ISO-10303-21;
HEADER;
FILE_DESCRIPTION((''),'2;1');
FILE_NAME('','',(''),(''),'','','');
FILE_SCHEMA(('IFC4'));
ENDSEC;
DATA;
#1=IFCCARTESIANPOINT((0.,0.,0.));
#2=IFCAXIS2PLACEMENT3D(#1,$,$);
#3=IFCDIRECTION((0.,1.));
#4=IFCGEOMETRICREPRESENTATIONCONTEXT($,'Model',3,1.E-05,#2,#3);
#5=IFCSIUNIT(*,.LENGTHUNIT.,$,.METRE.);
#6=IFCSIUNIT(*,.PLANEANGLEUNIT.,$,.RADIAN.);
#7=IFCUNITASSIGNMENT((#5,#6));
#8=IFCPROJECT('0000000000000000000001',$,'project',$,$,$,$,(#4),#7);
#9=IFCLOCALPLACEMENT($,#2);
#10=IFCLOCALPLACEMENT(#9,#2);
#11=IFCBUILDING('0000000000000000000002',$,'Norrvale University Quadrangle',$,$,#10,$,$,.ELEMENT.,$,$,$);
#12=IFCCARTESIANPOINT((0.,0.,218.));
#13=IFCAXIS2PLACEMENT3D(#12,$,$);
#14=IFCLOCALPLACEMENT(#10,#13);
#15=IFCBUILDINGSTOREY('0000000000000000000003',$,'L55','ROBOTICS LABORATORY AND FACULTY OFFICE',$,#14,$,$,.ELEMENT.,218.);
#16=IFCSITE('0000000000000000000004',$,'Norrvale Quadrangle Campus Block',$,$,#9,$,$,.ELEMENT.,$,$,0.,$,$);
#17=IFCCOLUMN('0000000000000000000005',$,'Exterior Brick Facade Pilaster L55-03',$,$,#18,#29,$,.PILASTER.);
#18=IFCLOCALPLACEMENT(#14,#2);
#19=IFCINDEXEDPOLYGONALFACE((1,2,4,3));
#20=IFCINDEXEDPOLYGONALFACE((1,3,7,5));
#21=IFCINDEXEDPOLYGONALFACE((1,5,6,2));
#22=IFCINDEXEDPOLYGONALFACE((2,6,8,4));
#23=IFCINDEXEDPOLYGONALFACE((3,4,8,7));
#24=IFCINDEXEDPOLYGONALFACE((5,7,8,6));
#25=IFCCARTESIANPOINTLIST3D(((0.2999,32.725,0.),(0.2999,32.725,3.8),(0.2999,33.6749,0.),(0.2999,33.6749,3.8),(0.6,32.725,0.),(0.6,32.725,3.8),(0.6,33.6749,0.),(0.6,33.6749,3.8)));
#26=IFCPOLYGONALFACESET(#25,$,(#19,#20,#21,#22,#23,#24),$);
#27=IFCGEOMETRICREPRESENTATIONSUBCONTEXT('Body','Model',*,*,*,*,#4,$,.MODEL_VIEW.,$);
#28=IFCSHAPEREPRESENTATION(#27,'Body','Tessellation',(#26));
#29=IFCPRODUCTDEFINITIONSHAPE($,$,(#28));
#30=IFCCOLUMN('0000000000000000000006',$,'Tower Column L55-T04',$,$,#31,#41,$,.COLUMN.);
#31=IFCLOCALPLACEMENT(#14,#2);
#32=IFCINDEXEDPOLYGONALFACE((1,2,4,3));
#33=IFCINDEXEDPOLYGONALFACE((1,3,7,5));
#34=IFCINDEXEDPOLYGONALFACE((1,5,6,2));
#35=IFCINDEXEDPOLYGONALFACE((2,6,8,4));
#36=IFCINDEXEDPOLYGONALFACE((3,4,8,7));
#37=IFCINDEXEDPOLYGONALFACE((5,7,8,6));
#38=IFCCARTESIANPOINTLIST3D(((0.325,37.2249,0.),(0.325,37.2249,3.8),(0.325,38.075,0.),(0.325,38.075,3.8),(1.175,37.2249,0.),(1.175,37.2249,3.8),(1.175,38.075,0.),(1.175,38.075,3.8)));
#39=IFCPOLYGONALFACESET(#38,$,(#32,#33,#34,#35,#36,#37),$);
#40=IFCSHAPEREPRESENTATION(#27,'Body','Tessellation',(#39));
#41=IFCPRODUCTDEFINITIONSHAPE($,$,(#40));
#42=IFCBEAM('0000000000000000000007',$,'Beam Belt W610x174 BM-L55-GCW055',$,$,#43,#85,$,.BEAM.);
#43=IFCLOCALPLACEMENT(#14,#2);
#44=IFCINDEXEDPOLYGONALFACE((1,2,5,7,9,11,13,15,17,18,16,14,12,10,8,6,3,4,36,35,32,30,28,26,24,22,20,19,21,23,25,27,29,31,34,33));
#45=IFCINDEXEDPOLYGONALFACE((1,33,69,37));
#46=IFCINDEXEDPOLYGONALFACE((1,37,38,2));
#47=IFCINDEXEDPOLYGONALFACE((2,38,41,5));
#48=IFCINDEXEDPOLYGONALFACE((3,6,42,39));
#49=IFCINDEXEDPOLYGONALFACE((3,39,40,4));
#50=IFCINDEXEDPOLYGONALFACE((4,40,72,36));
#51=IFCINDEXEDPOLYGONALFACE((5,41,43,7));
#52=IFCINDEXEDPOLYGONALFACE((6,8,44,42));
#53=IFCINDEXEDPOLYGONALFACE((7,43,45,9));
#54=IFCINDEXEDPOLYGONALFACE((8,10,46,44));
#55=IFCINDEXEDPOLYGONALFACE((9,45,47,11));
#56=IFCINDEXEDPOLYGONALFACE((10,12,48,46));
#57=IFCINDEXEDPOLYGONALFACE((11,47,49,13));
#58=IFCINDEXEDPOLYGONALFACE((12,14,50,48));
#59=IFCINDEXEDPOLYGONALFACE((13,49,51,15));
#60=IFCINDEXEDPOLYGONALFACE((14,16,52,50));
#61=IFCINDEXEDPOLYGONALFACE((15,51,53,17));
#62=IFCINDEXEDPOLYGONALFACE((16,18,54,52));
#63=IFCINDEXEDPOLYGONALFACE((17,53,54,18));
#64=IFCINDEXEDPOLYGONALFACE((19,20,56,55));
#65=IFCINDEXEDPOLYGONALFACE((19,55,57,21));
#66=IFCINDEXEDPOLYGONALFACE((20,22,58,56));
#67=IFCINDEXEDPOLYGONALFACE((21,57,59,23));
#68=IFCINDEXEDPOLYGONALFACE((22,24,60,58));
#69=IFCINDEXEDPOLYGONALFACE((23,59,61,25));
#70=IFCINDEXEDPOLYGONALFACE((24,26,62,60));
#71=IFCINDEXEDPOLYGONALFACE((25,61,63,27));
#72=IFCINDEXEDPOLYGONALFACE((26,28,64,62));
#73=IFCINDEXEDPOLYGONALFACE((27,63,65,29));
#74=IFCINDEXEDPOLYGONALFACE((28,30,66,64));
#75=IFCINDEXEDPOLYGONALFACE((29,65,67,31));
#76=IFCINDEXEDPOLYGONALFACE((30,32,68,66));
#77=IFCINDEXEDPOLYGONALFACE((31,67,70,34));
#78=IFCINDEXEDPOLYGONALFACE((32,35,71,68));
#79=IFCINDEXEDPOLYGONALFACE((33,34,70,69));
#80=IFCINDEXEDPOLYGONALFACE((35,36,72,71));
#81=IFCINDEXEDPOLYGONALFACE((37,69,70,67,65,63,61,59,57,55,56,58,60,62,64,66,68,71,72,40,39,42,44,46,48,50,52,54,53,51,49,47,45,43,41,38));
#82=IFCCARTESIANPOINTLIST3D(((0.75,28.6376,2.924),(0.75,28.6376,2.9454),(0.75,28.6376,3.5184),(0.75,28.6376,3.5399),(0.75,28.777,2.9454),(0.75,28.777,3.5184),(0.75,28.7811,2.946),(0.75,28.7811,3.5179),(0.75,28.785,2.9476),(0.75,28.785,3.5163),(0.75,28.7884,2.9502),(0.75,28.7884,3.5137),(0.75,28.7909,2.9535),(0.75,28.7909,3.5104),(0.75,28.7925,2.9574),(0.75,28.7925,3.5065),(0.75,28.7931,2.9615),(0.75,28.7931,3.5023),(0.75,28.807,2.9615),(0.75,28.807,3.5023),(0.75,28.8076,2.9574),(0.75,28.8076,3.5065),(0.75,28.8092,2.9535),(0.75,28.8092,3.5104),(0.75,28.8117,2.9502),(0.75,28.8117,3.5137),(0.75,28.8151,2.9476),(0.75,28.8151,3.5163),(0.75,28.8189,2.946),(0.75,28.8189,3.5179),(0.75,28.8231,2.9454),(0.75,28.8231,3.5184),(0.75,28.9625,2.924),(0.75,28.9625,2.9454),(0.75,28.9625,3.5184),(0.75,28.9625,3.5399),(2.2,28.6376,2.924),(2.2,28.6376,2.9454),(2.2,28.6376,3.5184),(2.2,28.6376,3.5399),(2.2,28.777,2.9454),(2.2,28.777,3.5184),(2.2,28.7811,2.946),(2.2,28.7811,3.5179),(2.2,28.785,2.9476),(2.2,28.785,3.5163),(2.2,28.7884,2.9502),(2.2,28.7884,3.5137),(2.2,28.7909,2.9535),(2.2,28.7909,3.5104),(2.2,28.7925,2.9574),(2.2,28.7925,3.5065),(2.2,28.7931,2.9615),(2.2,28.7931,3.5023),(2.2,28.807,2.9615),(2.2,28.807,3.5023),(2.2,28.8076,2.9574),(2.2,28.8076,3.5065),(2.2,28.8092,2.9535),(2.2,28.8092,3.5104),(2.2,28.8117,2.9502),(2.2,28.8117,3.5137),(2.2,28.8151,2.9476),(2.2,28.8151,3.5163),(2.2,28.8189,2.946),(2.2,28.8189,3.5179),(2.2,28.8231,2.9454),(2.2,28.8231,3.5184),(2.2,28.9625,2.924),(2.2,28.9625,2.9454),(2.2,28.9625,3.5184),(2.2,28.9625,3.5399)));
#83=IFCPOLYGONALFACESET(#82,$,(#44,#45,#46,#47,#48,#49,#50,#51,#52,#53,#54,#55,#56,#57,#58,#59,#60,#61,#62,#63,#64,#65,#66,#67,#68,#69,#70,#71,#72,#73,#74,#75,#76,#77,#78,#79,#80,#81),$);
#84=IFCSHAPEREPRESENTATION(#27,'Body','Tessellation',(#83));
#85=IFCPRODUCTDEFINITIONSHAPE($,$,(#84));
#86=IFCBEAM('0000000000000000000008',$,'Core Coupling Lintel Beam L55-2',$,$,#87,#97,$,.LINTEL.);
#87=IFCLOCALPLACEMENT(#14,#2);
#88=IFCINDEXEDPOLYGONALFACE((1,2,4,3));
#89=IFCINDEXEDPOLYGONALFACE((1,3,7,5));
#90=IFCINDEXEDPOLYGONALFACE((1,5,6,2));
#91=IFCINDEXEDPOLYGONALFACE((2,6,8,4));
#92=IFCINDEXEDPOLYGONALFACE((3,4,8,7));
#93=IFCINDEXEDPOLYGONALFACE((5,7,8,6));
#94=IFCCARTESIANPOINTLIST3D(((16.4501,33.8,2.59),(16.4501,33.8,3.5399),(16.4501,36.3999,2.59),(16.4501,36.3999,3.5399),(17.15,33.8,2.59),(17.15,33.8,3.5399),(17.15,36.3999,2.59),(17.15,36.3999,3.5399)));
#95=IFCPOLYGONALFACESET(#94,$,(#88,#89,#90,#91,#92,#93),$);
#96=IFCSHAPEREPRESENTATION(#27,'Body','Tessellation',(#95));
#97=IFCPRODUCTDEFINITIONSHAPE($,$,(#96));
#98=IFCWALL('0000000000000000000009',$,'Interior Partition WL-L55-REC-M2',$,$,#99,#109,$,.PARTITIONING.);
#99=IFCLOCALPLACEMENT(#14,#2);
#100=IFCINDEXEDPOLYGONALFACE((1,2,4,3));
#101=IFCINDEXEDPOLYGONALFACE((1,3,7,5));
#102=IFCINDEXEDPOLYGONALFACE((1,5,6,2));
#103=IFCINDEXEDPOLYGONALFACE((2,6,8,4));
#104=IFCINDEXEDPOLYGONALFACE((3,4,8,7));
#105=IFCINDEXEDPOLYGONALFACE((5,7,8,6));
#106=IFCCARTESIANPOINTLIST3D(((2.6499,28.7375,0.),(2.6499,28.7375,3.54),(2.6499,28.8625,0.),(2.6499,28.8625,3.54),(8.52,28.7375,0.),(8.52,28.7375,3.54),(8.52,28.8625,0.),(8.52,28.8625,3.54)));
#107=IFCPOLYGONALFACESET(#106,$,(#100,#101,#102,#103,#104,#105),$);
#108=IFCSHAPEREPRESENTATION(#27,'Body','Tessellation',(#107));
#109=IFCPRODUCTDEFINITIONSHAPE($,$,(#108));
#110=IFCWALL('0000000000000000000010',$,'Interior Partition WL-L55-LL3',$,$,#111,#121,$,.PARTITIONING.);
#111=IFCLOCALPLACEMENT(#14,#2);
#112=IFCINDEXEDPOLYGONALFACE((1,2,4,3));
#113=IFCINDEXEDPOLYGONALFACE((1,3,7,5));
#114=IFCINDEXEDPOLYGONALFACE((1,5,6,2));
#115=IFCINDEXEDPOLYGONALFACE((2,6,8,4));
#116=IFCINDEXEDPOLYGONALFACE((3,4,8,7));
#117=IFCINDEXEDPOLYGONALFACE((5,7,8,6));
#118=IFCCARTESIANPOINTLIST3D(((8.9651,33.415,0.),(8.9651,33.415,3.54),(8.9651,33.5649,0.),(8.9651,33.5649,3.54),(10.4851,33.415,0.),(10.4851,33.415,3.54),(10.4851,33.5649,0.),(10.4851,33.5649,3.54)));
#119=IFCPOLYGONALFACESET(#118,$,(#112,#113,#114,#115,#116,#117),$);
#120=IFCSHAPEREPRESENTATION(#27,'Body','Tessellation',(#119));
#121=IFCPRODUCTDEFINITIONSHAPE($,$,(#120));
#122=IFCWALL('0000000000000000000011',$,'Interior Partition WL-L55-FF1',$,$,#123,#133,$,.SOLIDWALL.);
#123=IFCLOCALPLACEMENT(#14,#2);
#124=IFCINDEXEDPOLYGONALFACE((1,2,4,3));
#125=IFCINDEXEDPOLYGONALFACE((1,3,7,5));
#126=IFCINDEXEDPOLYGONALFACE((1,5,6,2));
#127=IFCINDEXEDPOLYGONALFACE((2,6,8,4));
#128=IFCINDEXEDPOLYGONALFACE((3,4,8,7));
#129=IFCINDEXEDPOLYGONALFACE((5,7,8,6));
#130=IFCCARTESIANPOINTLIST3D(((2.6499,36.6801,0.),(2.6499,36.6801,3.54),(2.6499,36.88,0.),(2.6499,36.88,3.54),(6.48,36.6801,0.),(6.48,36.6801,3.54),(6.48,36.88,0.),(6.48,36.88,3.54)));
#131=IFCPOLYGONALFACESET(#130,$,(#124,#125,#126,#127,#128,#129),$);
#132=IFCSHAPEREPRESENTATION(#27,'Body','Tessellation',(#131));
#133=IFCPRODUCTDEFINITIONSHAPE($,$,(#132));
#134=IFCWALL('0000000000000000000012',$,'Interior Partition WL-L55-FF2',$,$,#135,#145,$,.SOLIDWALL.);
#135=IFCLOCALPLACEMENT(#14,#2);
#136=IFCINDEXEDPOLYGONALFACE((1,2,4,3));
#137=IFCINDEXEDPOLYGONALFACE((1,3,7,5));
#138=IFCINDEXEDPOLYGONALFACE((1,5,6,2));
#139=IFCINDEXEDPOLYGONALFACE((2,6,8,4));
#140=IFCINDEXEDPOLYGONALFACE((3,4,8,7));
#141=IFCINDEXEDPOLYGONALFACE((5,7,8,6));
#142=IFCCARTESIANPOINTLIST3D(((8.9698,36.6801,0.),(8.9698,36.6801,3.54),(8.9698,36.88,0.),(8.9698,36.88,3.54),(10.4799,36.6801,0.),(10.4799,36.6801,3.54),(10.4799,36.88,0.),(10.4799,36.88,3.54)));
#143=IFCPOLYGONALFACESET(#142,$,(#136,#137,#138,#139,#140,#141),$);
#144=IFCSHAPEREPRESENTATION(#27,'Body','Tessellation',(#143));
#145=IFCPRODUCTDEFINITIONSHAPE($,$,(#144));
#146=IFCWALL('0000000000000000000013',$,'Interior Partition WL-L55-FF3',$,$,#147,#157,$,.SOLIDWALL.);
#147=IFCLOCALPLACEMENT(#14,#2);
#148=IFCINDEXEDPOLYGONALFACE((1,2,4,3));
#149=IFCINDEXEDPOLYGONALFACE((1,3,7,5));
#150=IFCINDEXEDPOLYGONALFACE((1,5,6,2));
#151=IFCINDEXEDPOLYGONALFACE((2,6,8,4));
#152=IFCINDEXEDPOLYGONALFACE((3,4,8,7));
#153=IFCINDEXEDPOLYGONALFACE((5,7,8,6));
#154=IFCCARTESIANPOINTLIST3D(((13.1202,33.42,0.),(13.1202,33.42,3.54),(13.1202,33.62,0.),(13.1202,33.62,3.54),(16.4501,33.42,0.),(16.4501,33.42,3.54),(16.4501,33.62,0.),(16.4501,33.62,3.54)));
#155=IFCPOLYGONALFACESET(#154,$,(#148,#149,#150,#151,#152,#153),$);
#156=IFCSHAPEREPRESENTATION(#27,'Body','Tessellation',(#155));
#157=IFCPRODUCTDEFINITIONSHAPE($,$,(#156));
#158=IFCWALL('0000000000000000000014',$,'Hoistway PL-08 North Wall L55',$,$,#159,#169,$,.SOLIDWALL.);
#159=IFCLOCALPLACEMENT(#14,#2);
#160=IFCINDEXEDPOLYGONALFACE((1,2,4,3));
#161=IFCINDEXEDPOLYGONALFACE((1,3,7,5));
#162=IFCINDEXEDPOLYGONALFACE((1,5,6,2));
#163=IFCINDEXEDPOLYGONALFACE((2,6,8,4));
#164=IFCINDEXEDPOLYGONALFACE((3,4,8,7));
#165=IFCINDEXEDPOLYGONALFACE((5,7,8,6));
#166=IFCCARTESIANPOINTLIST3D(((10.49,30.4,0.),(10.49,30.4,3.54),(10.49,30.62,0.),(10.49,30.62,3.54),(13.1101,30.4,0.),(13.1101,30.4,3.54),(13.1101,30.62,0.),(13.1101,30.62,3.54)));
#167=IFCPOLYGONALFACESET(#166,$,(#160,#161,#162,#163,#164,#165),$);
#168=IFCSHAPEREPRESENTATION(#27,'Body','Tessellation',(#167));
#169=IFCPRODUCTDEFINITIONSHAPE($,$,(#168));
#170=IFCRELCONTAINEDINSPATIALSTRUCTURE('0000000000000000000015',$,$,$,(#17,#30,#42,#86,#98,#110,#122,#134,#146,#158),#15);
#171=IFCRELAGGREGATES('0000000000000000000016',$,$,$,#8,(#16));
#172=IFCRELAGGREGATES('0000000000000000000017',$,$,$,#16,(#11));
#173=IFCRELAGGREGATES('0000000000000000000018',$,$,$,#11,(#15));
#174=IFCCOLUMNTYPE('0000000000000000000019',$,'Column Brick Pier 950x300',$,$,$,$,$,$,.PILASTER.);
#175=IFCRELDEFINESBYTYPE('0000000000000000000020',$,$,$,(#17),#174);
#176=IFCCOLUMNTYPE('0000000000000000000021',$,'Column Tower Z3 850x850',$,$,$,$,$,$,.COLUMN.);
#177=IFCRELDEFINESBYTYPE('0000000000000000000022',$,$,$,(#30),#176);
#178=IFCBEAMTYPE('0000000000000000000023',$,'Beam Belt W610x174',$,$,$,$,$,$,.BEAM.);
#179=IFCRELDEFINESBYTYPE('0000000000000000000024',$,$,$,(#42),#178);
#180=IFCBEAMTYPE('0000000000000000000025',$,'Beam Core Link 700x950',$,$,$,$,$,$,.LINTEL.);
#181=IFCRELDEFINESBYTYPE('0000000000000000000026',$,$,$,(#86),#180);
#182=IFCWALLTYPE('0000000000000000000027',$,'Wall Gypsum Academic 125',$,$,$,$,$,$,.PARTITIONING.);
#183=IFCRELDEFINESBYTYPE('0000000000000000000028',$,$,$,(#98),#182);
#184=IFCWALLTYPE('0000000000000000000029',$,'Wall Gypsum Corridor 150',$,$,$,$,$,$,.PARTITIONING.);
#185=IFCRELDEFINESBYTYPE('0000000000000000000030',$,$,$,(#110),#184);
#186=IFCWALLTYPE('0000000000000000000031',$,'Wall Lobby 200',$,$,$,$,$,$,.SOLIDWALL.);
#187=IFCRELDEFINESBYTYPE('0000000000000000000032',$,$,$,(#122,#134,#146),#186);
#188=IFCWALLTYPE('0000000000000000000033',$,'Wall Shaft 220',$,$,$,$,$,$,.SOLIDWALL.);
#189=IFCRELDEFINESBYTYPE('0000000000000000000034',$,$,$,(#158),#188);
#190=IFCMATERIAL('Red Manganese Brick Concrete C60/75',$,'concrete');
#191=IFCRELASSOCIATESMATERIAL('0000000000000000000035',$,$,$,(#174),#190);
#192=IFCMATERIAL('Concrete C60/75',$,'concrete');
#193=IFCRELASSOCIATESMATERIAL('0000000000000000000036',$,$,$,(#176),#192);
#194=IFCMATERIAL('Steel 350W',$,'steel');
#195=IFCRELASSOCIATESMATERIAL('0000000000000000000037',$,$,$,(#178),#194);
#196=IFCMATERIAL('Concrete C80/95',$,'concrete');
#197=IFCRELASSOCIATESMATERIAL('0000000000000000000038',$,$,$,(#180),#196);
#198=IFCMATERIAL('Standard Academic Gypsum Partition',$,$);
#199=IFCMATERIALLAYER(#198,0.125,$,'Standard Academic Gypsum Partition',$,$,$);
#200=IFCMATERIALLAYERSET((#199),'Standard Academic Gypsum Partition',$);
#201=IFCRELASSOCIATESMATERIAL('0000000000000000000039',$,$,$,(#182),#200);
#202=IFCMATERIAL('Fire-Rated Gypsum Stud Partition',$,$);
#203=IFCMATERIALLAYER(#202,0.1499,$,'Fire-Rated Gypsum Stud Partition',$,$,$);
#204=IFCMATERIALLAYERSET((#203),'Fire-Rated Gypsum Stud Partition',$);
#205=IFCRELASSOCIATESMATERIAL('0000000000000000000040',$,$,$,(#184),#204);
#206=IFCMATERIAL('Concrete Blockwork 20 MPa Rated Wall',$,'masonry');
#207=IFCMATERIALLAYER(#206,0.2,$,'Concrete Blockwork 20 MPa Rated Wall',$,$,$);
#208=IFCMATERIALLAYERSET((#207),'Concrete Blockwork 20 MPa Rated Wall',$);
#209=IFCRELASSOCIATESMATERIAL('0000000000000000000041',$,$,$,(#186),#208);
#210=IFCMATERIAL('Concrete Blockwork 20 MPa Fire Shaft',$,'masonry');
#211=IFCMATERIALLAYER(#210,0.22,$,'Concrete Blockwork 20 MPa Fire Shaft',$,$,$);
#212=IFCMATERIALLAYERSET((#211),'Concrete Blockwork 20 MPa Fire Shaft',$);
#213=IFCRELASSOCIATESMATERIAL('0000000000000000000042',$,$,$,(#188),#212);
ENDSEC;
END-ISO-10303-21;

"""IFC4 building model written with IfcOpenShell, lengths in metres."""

from ifc_helpers import new_model, si_unit, direction, frame, frame_2d, origin, origin_2d, place, context, subcontext, project, spatial, rectangle, i_section, extrude, material, layer, layer_set, material_profile, profile_set, type_object, element, save


model = new_model("IFC4")

# Units and contexts
model_context = context("Model", 3, precision=1e-05, world=origin(), true_north=direction((0.0, 1.0)))
body_context = subcontext(model_context, "Body", "Model", "MODEL_VIEW")
ifc_project = project(units=[si_unit("LENGTHUNIT", "METRE"), si_unit("PLANEANGLEUNIT", "RADIAN")], contexts=[model_context])

# Site, building, storey
site_placement = place(None, origin())
site = spatial("IfcSite", under=ifc_project, at=site_placement, Name="Norrvale Quadrangle Campus Block", CompositionType="ELEMENT", RefElevation=0.0)
building_placement = place(site_placement, origin())
building = spatial("IfcBuilding", under=site, at=building_placement, Name="Norrvale University Quadrangle", CompositionType="ELEMENT")
storey_placement = place(building_placement, frame((0.0, 0.0, 218.0)))
storey = spatial("IfcBuildingStorey", under=building, at=storey_placement, Name="L55", Description="ROBOTICS LABORATORY AND FACULTY OFFICE", CompositionType="ELEMENT", Elevation=218.0)

# Columns
ifc_material_1 = material(Name="Red Manganese Brick Concrete C60/75", Category="concrete")
ifc_material_profile_1 = material_profile(ifc_material_1, rectangle(XDim=0.95, YDim=0.3, at=origin_2d()), Name="Red Manganese Brick Concrete C60/75")
ifc_profile_set_1 = profile_set([ifc_material_profile_1], Name="Red Manganese Brick Concrete C60/75")
column_type_1 = type_object("IfcColumnType", Name="Column Brick Pier 950x300", PredefinedType="PILASTER", material=ifc_profile_set_1)
column_1_placement = place(storey_placement, frame((0.45, 33.2, 0.0), z_axis=(0.0, 0.0, 1.0), x_axis=(0.0, 1.0, 0.0)))
element("IfcColumn", 1, at=column_1_placement, inside=storey, type_object=column_type_1, Name="Exterior Brick Facade Pilaster L55-03", PredefinedType="PILASTER", context=body_context, shape_type="SweptSolid", body=[
    extrude(rectangle(XDim=0.95, YDim=0.3, at=origin_2d()), origin(), (0.0, 0.0, 1.0), 3.8),
])
ifc_material_2 = material(Name="Concrete C60/75", Category="concrete")
ifc_material_profile_2 = material_profile(ifc_material_2, rectangle(XDim=0.8501, YDim=0.8501, at=origin_2d()), Name="Concrete C60/75")
ifc_profile_set_2 = profile_set([ifc_material_profile_2], Name="Concrete C60/75")
column_type_2 = type_object("IfcColumnType", Name="Column Tower Z3 850x850", PredefinedType="COLUMN", material=ifc_profile_set_2)
column_2_placement = place(storey_placement, frame((0.75, 37.6499, 0.0), z_axis=(0.0, 0.0, 1.0), x_axis=(1.0, 0.0, 0.0)))
element("IfcColumn", 2, at=column_2_placement, inside=storey, type_object=column_type_2, Name="Tower Column L55-T04", PredefinedType="COLUMN", context=body_context, shape_type="SweptSolid", body=[
    extrude(rectangle(XDim=0.8501, YDim=0.8501, at=origin_2d()), origin(), (0.0, 0.0, 1.0), 3.8),
])

# Beams
ifc_material_3 = material(Name="Steel 350W", Category="steel")
ifc_material_profile_3 = material_profile(ifc_material_3, i_section(OverallWidth=0.325, OverallDepth=0.616, WebThickness=0.0139, FlangeThickness=0.0215, FilletRadius=0.0161, at=origin_2d()), Name="Steel 350W")
ifc_profile_set_3 = profile_set([ifc_material_profile_3], Name="Steel 350W")
beam_type_1 = type_object("IfcBeamType", Name="Beam Belt W610x174", PredefinedType="BEAM", material=ifc_profile_set_3)
beam_1_placement = place(storey_placement, frame((0.75, 28.8, 3.2319), z_axis=(1.0, 0.0, 0.0), x_axis=(0.0, 1.0, 0.0)))
element("IfcBeam", 3, at=beam_1_placement, inside=storey, type_object=beam_type_1, Name="Beam Belt W610x174 BM-L55-GCW055", PredefinedType="BEAM", context=body_context, shape_type="SweptSolid", body=[
    extrude(i_section(OverallWidth=0.325, OverallDepth=0.616, WebThickness=0.0139, FlangeThickness=0.0215, FilletRadius=0.0161, at=origin_2d()), origin(), (0.0, 0.0, 1.0), 1.45),
])
ifc_material_4 = material(Name="Concrete C80/95", Category="concrete")
ifc_material_profile_4 = material_profile(ifc_material_4, rectangle(XDim=0.7, YDim=0.95, at=origin_2d()), Name="Concrete C80/95")
ifc_profile_set_4 = profile_set([ifc_material_profile_4], Name="Concrete C80/95")
beam_type_2 = type_object("IfcBeamType", Name="Beam Core Link 700x950", PredefinedType="LINTEL", material=ifc_profile_set_4)
beam_2_placement = place(storey_placement, frame((16.8, 33.8, 3.0649), z_axis=(0.0, 1.0, 0.0), x_axis=(-1.0, 0.0, 0.0)))
element("IfcBeam", 4, at=beam_2_placement, inside=storey, type_object=beam_type_2, Name="Core Coupling Lintel Beam L55-2", PredefinedType="LINTEL", context=body_context, shape_type="SweptSolid", body=[
    extrude(rectangle(XDim=0.7, YDim=0.95, at=origin_2d()), origin(), (0.0, 0.0, 1.0), 2.5999),
])

# Walls
ifc_material_5 = material(Name="Standard Academic Gypsum Partition")
ifc_layer_1 = layer(ifc_material_5, 0.125, Name="Standard Academic Gypsum Partition")
ifc_layer_set_1 = layer_set([ifc_layer_1], Name="Standard Academic Gypsum Partition")
wall_type_1 = type_object("IfcWallType", Name="Wall Gypsum Academic 125", PredefinedType="PARTITIONING", material=ifc_layer_set_1)
wall_1_placement = place(storey_placement, frame((2.6499, 28.8, 0.0), z_axis=(0.0, 0.0, 1.0), x_axis=(1.0, 0.0, 0.0)))
element("IfcWall", 5, at=wall_1_placement, inside=storey, type_object=wall_type_1, Name="Interior Partition WL-L55-REC-M2", PredefinedType="PARTITIONING", context=body_context, shape_type="SweptSolid", body=[
    extrude(rectangle(XDim=5.8701, YDim=0.125, at=frame_2d((2.9351, 0.0))), origin(), (0.0, 0.0, 1.0), 3.54),
])
ifc_material_6 = material(Name="Fire-Rated Gypsum Stud Partition")
ifc_layer_2 = layer(ifc_material_6, 0.1499, Name="Fire-Rated Gypsum Stud Partition")
ifc_layer_set_2 = layer_set([ifc_layer_2], Name="Fire-Rated Gypsum Stud Partition")
wall_type_2 = type_object("IfcWallType", Name="Wall Gypsum Corridor 150", PredefinedType="PARTITIONING", material=ifc_layer_set_2)
wall_2_placement = place(storey_placement, frame((8.9651, 33.49, 0.0), z_axis=(0.0, 0.0, 1.0), x_axis=(1.0, 0.0, 0.0)))
element("IfcWall", 6, at=wall_2_placement, inside=storey, type_object=wall_type_2, Name="Interior Partition WL-L55-LL3", PredefinedType="PARTITIONING", context=body_context, shape_type="SweptSolid", body=[
    extrude(rectangle(XDim=1.52, YDim=0.1499, at=frame_2d((0.76, 0.0))), origin(), (0.0, 0.0, 1.0), 3.54),
])
ifc_material_7 = material(Name="Concrete Blockwork 20 MPa Rated Wall", Category="masonry")
ifc_layer_3 = layer(ifc_material_7, 0.2, Name="Concrete Blockwork 20 MPa Rated Wall")
ifc_layer_set_3 = layer_set([ifc_layer_3], Name="Concrete Blockwork 20 MPa Rated Wall")
wall_type_3 = type_object("IfcWallType", Name="Wall Lobby 200", PredefinedType="SOLIDWALL", material=ifc_layer_set_3)
wall_3_placement = place(storey_placement, frame((2.6499, 36.78, 0.0), z_axis=(0.0, 0.0, 1.0), x_axis=(1.0, 0.0, 0.0)))
element("IfcWall", 7, at=wall_3_placement, inside=storey, type_object=wall_type_3, Name="Interior Partition WL-L55-FF1", PredefinedType="SOLIDWALL", context=body_context, shape_type="SweptSolid", body=[
    extrude(rectangle(XDim=3.8301, YDim=0.2, at=frame_2d((1.915, 0.0))), origin(), (0.0, 0.0, 1.0), 3.54),
])
wall_4_placement = place(storey_placement, frame((8.97, 36.78, 0.0), z_axis=(0.0, 0.0, 1.0), x_axis=(1.0, 0.0, 0.0)))
element("IfcWall", 8, at=wall_4_placement, inside=storey, type_object=wall_type_3, Name="Interior Partition WL-L55-FF2", PredefinedType="SOLIDWALL", context=body_context, shape_type="SweptSolid", body=[
    extrude(rectangle(XDim=1.51, YDim=0.2, at=frame_2d((0.7549, 0.0))), origin(), (0.0, 0.0, 1.0), 3.54),
])
wall_5_placement = place(storey_placement, frame((13.1201, 33.52, 0.0), z_axis=(0.0, 0.0, 1.0), x_axis=(1.0, 0.0, 0.0)))
element("IfcWall", 9, at=wall_5_placement, inside=storey, type_object=wall_type_3, Name="Interior Partition WL-L55-FF3", PredefinedType="SOLIDWALL", context=body_context, shape_type="SweptSolid", body=[
    extrude(rectangle(XDim=3.3298, YDim=0.2, at=frame_2d((1.665, 0.0))), origin(), (0.0, 0.0, 1.0), 3.54),
])
ifc_material_8 = material(Name="Concrete Blockwork 20 MPa Fire Shaft", Category="masonry")
ifc_layer_4 = layer(ifc_material_8, 0.22, Name="Concrete Blockwork 20 MPa Fire Shaft")
ifc_layer_set_4 = layer_set([ifc_layer_4], Name="Concrete Blockwork 20 MPa Fire Shaft")
wall_type_4 = type_object("IfcWallType", Name="Wall Shaft 220", PredefinedType="SOLIDWALL", material=ifc_layer_set_4)
wall_6_placement = place(storey_placement, frame((10.49, 30.51, 0.0), z_axis=(0.0, 0.0, 1.0), x_axis=(1.0, 0.0, 0.0)))
element("IfcWall", 10, at=wall_6_placement, inside=storey, type_object=wall_type_4, Name="Hoistway PL-08 North Wall L55", PredefinedType="SOLIDWALL", context=body_context, shape_type="SweptSolid", body=[
    extrude(rectangle(XDim=2.6201, YDim=0.22, at=frame_2d((1.3101, 0.0))), origin(), (0.0, 0.0, 1.0), 3.54),
])

save(model, "model.ifc")
